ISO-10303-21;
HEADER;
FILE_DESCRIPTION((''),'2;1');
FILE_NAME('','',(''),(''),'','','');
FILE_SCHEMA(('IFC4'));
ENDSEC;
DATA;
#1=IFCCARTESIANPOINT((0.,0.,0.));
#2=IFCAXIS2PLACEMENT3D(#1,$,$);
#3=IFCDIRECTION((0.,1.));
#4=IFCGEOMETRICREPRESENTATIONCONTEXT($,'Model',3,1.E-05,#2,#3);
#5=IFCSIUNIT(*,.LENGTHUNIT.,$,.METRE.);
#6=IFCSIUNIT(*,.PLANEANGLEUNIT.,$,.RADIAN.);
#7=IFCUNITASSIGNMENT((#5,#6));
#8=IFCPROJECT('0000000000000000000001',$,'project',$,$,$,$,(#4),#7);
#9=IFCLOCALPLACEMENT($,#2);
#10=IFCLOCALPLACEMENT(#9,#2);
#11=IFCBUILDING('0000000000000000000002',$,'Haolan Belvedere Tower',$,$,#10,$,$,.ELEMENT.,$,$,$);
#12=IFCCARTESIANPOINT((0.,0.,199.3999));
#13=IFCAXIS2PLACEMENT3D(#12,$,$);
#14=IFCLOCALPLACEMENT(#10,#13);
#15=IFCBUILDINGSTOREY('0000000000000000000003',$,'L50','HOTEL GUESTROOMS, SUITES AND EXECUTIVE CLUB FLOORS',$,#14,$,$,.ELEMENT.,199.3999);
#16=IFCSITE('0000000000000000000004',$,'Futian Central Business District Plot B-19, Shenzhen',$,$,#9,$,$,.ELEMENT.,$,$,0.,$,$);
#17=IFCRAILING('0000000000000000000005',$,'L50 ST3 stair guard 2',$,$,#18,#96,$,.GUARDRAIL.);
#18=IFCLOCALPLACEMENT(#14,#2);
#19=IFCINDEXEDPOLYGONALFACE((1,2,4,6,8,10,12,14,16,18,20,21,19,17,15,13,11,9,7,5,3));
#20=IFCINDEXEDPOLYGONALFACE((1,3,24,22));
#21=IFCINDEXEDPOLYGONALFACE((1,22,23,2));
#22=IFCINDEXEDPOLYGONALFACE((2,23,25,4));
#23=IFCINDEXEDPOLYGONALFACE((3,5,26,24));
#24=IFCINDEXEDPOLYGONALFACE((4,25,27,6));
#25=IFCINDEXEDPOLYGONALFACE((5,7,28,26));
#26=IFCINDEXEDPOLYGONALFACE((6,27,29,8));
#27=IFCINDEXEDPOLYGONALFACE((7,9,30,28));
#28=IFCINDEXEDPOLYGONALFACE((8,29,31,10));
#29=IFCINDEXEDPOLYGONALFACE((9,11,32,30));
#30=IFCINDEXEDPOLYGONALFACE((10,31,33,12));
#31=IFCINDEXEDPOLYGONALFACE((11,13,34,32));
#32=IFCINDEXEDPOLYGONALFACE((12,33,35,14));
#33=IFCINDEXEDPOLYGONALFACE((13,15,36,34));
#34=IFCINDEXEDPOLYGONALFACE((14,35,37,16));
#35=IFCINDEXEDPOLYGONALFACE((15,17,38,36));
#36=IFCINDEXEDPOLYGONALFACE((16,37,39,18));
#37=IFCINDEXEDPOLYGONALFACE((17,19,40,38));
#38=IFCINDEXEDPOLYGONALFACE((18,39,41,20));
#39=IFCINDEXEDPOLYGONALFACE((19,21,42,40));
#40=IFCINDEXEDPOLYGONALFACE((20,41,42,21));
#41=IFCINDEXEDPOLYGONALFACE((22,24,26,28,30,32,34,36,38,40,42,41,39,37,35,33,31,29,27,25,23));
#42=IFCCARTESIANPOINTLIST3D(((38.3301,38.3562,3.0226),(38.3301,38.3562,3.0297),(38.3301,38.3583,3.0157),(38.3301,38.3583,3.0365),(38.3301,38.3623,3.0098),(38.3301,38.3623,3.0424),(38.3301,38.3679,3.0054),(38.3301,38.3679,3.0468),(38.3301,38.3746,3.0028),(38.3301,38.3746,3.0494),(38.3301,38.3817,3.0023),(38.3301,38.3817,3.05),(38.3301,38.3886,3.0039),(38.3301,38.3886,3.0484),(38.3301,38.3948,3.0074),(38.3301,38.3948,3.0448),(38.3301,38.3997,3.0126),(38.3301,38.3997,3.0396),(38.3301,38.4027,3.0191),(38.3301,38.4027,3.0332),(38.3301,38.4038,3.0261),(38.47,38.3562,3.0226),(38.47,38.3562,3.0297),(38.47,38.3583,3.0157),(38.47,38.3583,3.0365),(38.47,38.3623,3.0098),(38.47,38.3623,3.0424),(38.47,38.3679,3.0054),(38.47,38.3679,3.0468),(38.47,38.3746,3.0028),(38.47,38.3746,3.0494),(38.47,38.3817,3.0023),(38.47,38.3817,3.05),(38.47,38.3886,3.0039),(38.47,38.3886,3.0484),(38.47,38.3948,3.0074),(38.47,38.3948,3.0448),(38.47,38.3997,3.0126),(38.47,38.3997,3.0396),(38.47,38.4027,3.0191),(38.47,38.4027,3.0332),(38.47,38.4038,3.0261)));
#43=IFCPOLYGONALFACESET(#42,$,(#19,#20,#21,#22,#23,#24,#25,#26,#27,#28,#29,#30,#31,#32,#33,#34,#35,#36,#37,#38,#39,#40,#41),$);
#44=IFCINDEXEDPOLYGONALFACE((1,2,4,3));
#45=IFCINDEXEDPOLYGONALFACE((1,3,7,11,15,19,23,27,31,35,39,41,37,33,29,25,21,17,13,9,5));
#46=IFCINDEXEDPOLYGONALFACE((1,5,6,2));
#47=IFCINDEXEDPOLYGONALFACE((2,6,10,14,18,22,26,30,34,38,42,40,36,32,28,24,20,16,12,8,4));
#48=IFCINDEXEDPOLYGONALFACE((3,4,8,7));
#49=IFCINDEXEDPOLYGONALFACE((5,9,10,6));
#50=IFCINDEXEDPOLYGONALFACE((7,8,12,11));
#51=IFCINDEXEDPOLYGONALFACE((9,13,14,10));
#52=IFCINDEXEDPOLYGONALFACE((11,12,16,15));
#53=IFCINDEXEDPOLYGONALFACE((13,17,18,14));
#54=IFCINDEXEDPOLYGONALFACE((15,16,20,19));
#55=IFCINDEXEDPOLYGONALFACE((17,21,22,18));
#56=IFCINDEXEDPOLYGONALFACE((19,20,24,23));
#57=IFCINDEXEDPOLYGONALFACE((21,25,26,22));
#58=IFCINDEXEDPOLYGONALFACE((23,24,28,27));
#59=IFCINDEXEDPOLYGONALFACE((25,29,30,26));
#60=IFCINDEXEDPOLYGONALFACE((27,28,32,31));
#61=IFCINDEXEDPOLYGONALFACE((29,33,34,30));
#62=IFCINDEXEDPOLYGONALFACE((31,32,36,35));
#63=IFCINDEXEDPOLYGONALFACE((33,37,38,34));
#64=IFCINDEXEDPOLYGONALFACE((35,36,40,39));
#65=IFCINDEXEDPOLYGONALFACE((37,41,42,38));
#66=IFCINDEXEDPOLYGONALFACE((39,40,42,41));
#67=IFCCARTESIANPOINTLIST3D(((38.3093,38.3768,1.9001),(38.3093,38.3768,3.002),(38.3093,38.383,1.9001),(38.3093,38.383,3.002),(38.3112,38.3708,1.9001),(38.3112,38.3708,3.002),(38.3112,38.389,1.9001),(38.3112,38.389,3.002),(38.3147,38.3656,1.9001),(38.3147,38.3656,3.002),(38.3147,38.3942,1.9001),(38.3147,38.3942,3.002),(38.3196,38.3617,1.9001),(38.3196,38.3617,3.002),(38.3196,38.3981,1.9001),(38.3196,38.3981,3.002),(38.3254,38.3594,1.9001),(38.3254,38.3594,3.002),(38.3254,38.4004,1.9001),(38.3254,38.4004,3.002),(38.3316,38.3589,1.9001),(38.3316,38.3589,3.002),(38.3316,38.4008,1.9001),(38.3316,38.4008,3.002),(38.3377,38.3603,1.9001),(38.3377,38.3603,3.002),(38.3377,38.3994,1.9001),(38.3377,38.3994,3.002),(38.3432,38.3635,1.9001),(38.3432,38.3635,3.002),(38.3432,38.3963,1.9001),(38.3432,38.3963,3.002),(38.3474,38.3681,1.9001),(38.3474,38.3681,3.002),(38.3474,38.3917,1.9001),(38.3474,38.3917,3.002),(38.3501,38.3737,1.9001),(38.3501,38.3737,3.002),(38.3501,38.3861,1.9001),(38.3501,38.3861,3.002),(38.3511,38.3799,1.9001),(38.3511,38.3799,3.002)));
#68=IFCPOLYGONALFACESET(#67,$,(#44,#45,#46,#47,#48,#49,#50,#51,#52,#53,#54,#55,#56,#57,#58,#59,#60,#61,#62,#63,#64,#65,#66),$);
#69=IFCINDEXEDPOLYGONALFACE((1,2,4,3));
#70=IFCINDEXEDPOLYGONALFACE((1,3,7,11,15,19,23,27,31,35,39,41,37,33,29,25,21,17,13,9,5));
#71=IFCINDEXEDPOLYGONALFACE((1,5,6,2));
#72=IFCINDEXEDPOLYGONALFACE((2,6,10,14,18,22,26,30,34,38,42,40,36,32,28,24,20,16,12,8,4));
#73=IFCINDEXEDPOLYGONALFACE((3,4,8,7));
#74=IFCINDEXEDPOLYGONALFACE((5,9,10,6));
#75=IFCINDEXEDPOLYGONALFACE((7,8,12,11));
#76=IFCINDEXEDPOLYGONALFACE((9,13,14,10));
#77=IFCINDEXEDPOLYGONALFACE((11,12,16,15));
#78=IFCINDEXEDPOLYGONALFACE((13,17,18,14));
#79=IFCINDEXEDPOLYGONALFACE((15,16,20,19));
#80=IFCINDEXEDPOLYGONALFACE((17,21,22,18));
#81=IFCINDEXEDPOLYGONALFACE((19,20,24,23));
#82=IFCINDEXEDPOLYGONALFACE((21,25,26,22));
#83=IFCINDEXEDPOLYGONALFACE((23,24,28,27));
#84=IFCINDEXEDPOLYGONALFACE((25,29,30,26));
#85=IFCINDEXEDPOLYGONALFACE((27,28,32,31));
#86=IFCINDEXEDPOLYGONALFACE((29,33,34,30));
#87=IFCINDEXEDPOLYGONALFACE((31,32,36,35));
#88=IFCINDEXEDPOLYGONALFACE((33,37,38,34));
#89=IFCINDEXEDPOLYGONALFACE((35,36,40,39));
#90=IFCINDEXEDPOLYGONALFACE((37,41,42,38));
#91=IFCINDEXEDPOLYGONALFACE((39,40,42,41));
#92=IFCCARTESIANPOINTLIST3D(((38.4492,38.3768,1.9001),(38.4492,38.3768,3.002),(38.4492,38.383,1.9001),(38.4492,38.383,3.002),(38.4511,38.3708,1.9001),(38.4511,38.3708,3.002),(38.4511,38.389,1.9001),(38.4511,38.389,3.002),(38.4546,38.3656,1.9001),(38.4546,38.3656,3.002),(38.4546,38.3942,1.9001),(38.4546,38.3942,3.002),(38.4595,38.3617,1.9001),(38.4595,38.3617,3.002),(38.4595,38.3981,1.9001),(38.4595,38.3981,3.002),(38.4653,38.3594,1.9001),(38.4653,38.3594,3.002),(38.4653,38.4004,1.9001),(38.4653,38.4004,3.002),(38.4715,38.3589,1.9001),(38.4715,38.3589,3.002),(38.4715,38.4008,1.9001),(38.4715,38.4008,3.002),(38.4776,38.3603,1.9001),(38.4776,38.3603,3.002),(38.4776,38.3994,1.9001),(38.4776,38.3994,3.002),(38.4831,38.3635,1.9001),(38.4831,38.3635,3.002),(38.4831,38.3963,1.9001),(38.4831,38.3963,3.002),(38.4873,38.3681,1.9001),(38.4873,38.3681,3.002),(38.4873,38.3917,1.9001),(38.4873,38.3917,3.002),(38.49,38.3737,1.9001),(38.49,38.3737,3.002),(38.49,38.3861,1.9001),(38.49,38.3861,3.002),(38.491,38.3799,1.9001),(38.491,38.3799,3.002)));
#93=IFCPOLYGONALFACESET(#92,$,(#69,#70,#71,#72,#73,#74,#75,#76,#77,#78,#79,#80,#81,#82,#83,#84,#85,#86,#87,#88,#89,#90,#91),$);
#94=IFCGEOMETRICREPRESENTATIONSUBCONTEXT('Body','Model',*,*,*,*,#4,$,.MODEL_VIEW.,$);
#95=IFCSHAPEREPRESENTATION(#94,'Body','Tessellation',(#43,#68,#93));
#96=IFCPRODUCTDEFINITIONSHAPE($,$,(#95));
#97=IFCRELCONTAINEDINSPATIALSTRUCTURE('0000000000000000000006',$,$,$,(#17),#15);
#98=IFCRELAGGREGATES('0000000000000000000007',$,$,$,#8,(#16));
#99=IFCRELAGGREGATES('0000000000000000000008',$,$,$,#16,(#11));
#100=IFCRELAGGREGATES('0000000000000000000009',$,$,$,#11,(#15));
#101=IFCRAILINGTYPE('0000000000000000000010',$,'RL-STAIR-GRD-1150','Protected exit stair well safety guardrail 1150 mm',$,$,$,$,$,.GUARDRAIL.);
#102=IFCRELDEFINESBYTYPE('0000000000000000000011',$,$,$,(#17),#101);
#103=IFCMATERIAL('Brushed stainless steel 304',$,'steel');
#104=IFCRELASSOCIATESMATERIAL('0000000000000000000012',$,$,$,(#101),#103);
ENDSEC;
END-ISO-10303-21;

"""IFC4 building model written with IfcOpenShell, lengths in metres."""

from ifc_helpers import new_model, si_unit, direction, frame, origin, origin_2d, place, context, subcontext, project, spatial, circle, extrude, material, type_object, element, save


model = new_model("IFC4")

# Units and contexts
model_context = context("Model", 3, precision=1e-05, world=origin(), true_north=direction((0.0, 1.0)))
body_context = subcontext(model_context, "Body", "Model", "MODEL_VIEW")
ifc_project = project(units=[si_unit("LENGTHUNIT", "METRE"), si_unit("PLANEANGLEUNIT", "RADIAN")], contexts=[model_context])

# Site, building, storey
site_placement = place(None, origin())
site = spatial("IfcSite", under=ifc_project, at=site_placement, Name="Futian Central Business District Plot B-19, Shenzhen", CompositionType="ELEMENT", RefElevation=0.0)
building_placement = place(site_placement, origin())
building = spatial("IfcBuilding", under=site, at=building_placement, Name="Haolan Belvedere Tower", CompositionType="ELEMENT")
storey_placement = place(building_placement, frame((0.0, 0.0, 199.3999)))
storey = spatial("IfcBuildingStorey", under=building, at=storey_placement, Name="L50", Description="HOTEL GUESTROOMS, SUITES AND EXECUTIVE CLUB FLOORS", CompositionType="ELEMENT", Elevation=199.3999)

# Railing
ifc_material_1 = material(Name="Brushed stainless steel 304", Category="steel")
railing_type_1 = type_object("IfcRailingType", Name="RL-STAIR-GRD-1150", Description="Protected exit stair well safety guardrail 1150 mm", PredefinedType="GUARDRAIL", material=ifc_material_1)
railing_1_placement = place(storey_placement, frame((38.3301, 38.3799, 1.9001)))
element("IfcRailing", 1, at=railing_1_placement, inside=storey, type_object=railing_type_1, Name="L50 ST3 stair guard 2", PredefinedType="GUARDRAIL", context=body_context, shape_type="SweptSolid", body=[
    extrude(circle(Radius=0.0239, at=origin_2d()), frame((0.0, 0.0, 1.126), z_axis=(1.0, 0.0, 0.0), x_axis=(0.0, 1.0, 0.0)), (0.0, 0.0, 1.0), 0.1399),
    extrude(circle(Radius=0.021, at=origin_2d()), origin(), (0.0, 0.0, 1.0), 1.1018),
    extrude(circle(Radius=0.021, at=origin_2d()), frame((0.1399, 0.0, 0.0)), (0.0, 0.0, 1.0), 1.1018),
])

save(model, "model.ifc")
